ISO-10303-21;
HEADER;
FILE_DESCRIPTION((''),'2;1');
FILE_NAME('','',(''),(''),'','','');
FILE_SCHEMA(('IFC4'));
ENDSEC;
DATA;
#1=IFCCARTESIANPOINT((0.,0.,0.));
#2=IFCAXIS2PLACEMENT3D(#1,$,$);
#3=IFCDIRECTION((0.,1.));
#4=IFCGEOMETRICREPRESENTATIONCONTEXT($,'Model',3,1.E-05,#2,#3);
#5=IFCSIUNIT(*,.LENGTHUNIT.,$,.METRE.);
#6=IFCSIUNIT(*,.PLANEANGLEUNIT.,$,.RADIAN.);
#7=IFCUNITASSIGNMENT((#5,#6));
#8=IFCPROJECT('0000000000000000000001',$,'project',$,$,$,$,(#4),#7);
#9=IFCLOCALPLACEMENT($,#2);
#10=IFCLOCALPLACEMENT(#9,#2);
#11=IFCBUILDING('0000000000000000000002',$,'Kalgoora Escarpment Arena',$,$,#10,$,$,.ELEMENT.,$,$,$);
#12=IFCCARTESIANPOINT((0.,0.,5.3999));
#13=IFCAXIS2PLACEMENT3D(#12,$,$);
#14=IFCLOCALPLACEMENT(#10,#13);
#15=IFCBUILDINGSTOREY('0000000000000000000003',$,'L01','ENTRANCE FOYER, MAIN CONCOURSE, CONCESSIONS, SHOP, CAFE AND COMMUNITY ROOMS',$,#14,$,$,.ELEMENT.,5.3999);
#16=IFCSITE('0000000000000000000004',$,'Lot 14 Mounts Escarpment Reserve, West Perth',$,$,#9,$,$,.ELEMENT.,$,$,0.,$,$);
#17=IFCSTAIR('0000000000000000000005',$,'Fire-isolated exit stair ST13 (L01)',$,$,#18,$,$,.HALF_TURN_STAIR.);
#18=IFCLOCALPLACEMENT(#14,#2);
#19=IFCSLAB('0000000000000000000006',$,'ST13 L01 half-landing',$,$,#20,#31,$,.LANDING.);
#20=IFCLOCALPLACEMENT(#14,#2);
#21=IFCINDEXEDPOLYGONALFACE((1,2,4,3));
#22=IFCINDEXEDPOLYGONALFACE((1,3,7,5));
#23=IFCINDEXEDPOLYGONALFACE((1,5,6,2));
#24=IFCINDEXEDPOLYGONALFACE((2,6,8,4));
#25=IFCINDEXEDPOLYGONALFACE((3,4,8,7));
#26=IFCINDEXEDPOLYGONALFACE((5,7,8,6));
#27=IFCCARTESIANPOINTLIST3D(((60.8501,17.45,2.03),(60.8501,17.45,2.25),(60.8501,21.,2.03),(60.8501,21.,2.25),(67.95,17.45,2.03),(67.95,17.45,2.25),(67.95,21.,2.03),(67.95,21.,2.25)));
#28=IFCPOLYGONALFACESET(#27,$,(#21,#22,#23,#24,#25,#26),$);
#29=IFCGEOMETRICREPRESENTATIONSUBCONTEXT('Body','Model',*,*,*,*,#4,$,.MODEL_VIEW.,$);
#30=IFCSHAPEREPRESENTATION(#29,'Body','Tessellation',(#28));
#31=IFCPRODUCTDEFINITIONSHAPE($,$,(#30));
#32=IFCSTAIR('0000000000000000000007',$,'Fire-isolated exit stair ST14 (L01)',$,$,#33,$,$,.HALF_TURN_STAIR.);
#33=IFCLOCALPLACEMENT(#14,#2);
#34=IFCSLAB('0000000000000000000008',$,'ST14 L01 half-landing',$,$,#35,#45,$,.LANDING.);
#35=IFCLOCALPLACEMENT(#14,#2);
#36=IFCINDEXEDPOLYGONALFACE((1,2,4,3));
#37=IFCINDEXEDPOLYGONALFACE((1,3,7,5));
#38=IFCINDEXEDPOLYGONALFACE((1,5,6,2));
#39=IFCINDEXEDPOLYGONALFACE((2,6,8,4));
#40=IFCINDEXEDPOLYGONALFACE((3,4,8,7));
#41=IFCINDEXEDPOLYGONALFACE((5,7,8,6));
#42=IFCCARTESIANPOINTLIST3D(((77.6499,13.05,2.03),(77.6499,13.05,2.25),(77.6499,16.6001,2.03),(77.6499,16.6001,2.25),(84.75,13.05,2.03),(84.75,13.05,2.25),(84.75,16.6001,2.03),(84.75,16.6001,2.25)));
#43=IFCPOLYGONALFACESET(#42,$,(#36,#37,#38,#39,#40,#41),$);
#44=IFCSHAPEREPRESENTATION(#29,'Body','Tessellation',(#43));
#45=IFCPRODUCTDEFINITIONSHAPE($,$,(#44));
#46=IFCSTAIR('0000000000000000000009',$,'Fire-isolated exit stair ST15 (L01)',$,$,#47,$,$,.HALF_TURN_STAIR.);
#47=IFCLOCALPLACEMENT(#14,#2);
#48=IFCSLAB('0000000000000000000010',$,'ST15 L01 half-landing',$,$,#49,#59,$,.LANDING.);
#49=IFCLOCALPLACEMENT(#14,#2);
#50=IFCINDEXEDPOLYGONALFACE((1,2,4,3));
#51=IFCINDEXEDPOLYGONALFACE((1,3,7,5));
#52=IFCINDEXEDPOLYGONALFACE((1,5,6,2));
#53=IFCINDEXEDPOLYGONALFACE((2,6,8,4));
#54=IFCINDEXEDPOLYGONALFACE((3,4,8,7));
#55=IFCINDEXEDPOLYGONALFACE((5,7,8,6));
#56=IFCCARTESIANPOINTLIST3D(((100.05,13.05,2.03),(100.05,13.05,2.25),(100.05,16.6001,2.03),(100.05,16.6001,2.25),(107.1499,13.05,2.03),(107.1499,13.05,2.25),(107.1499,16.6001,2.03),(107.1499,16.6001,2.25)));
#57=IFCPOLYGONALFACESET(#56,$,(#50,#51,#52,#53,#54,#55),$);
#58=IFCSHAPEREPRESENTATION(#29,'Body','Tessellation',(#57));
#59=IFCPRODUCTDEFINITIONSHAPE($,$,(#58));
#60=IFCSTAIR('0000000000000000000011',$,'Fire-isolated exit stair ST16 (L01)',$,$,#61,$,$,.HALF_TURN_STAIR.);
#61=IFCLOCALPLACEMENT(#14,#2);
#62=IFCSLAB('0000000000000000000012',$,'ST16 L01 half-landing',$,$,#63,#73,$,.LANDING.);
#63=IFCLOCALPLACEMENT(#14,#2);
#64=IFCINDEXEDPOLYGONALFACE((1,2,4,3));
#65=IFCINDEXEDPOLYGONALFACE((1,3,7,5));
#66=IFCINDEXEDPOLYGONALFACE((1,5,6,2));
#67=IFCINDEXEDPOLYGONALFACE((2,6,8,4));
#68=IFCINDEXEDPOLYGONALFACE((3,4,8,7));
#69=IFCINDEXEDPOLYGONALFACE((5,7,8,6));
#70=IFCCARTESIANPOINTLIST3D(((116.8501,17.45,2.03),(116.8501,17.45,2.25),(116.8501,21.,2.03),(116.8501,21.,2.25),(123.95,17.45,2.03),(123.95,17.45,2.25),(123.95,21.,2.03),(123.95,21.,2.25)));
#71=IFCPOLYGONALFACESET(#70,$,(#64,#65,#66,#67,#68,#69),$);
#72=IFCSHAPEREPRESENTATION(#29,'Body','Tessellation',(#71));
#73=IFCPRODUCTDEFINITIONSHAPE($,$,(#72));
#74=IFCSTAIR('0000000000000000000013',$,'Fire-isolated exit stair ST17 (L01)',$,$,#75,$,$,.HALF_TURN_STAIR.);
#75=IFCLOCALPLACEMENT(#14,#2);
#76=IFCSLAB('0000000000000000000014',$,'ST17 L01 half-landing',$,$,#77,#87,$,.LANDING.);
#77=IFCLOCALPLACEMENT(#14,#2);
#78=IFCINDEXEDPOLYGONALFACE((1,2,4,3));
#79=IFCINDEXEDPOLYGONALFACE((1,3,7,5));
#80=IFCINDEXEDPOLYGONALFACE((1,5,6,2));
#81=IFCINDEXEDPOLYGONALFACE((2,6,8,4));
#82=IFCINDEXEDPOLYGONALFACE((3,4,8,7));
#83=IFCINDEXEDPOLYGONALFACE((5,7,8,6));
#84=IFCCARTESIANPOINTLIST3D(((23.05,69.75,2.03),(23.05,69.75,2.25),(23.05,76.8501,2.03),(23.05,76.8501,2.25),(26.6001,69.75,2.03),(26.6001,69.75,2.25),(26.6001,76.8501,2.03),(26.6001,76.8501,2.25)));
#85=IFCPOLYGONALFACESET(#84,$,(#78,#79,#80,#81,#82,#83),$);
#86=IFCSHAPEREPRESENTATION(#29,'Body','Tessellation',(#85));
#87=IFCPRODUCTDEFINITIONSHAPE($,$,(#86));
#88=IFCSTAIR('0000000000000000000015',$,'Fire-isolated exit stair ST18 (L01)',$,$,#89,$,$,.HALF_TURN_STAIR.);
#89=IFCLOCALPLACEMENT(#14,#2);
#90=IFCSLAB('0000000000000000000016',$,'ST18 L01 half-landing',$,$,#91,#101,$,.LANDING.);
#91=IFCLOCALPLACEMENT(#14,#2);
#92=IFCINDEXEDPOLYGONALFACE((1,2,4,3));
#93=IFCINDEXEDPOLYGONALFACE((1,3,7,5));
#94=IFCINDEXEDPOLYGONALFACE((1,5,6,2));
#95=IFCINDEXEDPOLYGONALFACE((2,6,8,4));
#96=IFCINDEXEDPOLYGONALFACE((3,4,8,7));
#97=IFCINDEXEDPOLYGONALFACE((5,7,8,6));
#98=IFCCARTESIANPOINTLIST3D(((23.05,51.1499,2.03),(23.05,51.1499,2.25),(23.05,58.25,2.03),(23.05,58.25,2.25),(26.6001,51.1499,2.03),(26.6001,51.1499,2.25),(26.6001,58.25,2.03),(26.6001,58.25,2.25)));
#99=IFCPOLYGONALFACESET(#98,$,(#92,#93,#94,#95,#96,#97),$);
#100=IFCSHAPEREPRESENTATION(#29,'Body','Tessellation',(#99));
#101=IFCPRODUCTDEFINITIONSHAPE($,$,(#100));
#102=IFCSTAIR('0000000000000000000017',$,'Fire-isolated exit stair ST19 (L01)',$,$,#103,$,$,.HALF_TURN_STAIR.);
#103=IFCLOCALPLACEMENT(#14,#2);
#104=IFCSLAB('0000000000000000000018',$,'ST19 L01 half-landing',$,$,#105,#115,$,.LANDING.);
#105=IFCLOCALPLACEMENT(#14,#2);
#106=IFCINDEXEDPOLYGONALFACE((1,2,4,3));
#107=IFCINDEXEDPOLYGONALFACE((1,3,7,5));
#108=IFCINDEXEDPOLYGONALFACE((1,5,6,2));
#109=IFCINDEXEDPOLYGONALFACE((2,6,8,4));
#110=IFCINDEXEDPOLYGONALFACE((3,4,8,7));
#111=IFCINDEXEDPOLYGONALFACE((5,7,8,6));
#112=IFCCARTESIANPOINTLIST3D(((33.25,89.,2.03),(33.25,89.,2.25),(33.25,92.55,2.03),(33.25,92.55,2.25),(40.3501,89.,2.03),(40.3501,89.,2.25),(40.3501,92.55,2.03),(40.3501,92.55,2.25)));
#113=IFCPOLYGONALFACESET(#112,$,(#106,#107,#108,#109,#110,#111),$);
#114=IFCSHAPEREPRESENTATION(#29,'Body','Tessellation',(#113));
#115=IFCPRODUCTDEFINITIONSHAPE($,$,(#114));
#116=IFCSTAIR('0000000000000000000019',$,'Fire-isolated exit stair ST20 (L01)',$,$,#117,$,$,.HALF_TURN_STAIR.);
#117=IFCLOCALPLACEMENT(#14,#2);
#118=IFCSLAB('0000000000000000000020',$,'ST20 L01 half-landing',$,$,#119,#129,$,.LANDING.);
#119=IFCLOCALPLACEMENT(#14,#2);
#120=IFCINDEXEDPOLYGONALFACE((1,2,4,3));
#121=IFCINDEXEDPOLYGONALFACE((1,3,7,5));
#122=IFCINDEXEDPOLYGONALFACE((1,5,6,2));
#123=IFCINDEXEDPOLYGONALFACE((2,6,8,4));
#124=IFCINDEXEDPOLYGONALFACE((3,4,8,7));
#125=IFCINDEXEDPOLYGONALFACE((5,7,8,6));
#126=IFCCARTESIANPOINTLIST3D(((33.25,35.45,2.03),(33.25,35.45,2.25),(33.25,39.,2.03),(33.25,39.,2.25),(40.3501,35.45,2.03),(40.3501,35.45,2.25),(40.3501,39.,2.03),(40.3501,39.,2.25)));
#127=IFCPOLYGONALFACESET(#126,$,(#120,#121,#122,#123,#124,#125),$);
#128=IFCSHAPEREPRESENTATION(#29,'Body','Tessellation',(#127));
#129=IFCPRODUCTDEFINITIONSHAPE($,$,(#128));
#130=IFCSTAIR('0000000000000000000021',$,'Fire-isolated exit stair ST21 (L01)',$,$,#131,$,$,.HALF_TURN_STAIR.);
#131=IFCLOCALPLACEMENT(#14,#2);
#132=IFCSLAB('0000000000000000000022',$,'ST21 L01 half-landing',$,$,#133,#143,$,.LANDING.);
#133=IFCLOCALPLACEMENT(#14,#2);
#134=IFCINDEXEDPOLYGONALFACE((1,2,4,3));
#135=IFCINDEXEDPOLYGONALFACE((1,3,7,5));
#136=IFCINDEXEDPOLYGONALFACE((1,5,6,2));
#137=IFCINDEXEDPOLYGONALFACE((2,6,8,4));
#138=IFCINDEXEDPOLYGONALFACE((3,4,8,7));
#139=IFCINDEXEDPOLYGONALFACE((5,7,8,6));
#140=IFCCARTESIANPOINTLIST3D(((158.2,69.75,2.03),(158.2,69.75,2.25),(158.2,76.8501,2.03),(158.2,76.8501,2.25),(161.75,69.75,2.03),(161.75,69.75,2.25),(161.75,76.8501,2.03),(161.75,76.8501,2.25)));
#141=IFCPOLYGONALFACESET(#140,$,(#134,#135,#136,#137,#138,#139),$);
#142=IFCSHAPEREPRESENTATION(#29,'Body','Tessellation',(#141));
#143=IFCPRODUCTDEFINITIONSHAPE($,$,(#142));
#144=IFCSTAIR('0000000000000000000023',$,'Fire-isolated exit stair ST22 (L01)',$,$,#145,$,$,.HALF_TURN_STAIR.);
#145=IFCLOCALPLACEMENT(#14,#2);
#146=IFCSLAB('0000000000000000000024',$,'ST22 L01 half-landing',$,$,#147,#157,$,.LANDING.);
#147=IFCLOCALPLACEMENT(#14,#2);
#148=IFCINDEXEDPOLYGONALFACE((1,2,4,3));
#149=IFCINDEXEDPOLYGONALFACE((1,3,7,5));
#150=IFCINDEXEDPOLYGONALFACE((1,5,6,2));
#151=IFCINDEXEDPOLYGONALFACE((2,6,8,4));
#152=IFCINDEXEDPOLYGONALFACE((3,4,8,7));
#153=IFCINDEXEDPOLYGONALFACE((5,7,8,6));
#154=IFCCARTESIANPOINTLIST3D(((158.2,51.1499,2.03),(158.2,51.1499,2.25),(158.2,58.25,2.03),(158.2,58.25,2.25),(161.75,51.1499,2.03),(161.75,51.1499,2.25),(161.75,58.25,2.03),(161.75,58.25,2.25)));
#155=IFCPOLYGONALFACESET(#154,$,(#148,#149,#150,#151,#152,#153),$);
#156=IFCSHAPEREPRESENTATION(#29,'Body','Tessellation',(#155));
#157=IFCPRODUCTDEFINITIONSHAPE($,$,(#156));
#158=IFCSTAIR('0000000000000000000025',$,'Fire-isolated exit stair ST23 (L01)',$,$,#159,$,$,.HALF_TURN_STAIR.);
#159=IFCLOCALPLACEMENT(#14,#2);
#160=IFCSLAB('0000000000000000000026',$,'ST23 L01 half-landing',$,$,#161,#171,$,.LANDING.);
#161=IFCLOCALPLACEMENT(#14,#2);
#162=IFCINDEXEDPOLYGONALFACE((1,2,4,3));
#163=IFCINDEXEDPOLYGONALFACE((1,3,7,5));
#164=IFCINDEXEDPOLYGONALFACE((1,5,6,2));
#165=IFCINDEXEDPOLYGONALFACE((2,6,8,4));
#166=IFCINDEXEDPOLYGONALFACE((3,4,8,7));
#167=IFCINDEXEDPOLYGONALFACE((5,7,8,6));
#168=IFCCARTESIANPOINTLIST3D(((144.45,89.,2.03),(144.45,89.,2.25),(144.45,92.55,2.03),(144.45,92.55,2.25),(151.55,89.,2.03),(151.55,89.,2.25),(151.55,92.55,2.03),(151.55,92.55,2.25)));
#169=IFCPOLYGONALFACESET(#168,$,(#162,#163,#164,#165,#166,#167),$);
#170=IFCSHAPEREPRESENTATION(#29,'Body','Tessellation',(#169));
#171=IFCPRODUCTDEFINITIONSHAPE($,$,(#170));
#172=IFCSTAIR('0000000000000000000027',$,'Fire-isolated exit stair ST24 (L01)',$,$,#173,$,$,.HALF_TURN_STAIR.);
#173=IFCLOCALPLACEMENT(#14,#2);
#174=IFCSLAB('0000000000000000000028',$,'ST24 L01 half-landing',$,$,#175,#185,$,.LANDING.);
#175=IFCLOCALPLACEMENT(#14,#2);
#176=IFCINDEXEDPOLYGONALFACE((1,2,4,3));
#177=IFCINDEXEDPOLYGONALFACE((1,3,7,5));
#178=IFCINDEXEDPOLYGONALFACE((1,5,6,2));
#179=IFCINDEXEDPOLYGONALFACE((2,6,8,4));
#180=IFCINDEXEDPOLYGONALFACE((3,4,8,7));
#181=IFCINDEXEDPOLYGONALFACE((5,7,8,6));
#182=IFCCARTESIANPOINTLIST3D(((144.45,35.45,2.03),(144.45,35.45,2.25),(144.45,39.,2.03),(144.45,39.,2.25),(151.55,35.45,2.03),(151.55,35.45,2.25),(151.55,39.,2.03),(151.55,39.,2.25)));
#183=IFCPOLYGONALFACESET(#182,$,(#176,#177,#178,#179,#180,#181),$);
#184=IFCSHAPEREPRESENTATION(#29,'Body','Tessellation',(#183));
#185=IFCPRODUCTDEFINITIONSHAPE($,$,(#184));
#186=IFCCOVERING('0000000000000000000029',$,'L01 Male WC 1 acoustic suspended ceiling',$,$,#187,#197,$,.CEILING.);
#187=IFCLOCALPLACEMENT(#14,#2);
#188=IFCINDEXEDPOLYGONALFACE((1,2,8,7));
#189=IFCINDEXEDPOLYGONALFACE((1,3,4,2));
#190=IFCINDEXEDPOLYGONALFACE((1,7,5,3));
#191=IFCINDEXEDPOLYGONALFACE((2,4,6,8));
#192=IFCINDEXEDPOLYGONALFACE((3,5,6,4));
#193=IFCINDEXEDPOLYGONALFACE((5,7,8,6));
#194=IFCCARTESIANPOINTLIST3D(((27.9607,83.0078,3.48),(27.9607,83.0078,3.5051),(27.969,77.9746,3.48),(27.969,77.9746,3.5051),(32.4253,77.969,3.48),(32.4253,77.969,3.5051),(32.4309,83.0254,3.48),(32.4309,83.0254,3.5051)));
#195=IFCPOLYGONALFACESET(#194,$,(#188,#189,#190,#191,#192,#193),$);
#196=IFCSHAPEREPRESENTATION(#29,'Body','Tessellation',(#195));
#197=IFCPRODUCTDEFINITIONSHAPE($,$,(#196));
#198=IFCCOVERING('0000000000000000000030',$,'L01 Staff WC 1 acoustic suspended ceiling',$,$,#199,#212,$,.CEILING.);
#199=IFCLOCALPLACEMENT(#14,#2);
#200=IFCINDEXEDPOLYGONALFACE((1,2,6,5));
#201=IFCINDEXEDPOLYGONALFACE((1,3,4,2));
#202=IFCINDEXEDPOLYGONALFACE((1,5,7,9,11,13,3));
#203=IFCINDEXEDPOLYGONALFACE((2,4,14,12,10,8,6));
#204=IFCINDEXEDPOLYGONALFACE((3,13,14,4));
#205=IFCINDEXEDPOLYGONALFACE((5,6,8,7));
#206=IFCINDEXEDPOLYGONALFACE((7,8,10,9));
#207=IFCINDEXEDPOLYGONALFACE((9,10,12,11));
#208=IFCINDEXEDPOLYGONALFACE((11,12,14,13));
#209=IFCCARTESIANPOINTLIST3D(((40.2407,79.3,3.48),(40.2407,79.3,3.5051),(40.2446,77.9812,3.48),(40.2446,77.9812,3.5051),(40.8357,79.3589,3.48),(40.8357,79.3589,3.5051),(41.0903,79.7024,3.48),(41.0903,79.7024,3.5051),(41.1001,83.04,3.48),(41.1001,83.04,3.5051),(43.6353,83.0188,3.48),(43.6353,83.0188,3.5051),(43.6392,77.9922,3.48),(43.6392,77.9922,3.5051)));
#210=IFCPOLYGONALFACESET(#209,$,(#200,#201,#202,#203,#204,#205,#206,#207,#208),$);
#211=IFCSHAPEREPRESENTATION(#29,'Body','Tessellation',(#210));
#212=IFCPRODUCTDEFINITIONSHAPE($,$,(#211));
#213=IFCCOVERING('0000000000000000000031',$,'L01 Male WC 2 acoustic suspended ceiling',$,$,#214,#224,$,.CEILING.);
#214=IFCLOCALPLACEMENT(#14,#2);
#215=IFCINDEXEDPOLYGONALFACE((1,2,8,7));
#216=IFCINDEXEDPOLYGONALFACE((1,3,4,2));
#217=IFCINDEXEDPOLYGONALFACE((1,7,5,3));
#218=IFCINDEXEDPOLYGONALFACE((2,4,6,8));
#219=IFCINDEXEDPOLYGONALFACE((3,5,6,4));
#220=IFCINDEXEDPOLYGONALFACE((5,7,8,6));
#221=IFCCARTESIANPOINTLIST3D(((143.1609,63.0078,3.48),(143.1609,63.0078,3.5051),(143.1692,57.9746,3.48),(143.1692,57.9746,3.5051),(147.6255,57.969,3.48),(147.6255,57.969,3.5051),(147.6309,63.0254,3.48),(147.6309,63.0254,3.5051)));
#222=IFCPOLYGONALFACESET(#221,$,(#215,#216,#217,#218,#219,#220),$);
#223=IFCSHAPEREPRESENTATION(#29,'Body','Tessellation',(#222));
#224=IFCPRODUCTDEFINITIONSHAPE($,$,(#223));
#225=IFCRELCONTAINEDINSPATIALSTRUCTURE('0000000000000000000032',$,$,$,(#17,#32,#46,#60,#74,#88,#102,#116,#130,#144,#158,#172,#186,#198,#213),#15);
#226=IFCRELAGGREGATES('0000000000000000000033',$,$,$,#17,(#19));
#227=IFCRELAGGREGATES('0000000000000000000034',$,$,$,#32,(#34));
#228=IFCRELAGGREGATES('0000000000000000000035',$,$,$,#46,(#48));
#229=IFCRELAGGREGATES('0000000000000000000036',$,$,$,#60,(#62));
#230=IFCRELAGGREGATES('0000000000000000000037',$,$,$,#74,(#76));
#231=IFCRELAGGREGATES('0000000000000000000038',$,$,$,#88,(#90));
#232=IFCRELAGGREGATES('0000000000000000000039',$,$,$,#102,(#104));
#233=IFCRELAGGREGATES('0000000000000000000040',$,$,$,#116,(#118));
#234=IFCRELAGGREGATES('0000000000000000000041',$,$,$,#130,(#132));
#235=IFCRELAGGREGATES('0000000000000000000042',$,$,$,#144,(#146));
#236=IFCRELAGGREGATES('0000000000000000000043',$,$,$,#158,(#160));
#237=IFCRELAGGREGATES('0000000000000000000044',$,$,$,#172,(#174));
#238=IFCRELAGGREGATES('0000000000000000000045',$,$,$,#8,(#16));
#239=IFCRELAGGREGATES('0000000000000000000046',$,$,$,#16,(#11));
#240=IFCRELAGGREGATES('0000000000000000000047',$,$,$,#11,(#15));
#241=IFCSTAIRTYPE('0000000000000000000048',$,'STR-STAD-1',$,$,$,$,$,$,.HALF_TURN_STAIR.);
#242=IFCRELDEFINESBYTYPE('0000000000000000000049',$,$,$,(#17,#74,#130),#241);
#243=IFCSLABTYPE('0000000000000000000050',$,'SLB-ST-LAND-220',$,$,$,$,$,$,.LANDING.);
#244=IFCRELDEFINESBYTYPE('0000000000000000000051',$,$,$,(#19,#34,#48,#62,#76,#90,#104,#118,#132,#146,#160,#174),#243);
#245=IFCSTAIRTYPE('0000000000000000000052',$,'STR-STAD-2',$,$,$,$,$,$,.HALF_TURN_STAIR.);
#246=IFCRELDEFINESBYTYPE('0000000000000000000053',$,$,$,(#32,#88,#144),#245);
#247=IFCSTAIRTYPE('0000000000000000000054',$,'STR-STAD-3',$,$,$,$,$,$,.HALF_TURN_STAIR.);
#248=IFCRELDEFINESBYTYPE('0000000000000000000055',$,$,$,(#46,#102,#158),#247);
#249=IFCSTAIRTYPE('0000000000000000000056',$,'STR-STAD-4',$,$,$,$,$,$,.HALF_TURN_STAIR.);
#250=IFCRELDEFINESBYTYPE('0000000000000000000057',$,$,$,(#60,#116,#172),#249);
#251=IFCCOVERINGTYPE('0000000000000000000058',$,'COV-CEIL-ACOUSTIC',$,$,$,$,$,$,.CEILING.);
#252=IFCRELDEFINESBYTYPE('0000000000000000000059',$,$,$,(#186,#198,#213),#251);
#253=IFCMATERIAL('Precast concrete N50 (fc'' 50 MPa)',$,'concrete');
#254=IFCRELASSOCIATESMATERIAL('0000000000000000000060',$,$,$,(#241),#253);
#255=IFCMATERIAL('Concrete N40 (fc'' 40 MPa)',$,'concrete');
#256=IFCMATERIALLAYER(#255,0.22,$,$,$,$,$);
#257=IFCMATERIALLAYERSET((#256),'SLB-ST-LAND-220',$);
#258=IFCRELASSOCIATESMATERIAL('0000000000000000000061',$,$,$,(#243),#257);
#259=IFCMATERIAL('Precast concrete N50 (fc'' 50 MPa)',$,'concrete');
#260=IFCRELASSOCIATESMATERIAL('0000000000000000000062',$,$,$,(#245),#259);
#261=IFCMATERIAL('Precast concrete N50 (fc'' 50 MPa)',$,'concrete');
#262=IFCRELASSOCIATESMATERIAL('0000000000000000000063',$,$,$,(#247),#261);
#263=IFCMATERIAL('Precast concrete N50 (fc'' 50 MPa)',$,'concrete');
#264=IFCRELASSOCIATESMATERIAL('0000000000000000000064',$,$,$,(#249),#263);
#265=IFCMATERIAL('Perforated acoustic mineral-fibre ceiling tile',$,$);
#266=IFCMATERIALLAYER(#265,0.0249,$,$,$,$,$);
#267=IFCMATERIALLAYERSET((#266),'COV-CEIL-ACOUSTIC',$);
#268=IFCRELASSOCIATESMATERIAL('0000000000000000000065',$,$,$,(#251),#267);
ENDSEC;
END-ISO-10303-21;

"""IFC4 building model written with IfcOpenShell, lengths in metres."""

from ifc_helpers import new_model, si_unit, direction, frame, origin, place, context, subcontext, project, spatial, polyline, outline, extrude, material, layer, layer_set, type_object, element, aggregate, save


model = new_model("IFC4")

# Units and contexts
model_context = context("Model", 3, precision=1e-05, world=origin(), true_north=direction((0.0, 1.0)))
body_context = subcontext(model_context, "Body", "Model", "MODEL_VIEW")
ifc_project = project(units=[si_unit("LENGTHUNIT", "METRE"), si_unit("PLANEANGLEUNIT", "RADIAN")], contexts=[model_context])

# Site, building, storey
site_placement = place(None, origin())
site = spatial("IfcSite", under=ifc_project, at=site_placement, Name="Lot 14 Mounts Escarpment Reserve, West Perth", CompositionType="ELEMENT", RefElevation=0.0)
building_placement = place(site_placement, origin())
building = spatial("IfcBuilding", under=site, at=building_placement, Name="Kalgoora Escarpment Arena", CompositionType="ELEMENT")
storey_placement = place(building_placement, frame((0.0, 0.0, 5.3999)))
storey = spatial("IfcBuildingStorey", under=building, at=storey_placement, Name="L01", Description="ENTRANCE FOYER, MAIN CONCOURSE, CONCESSIONS, SHOP, CAFE AND COMMUNITY ROOMS", CompositionType="ELEMENT", Elevation=5.3999)

# Stairs, slabs
ifc_material_1 = material(Name="Precast concrete N50 (fc' 50 MPa)", Category="concrete")
stair_type_1 = type_object("IfcStairType", Name="STR-STAD-1", PredefinedType="HALF_TURN_STAIR", material=ifc_material_1)
stair_1_placement = place(storey_placement, origin())
stair_1 = element("IfcStair", 1, at=stair_1_placement, inside=storey, type_object=stair_type_1, Name="Fire-isolated exit stair ST13 (L01)", PredefinedType="HALF_TURN_STAIR")
ifc_material_2 = material(Name="Concrete N40 (fc' 40 MPa)", Category="concrete")
ifc_layer_1 = layer(ifc_material_2, 0.22)
ifc_layer_set_1 = layer_set([ifc_layer_1], Name="SLB-ST-LAND-220")
slab_type = type_object("IfcSlabType", Name="SLB-ST-LAND-220", PredefinedType="LANDING", material=ifc_layer_set_1)
slab_1_placement = place(storey_placement, frame((0.0, 0.0, 2.03)))
slab_1 = element("IfcSlab", 2, at=slab_1_placement, type_object=slab_type, Name="ST13 L01 half-landing", PredefinedType="LANDING", context=body_context, shape_type="SweptSolid", body=[
    extrude(outline(polyline([(67.95, 21.0), (67.95, 17.45), (60.8501, 17.45), (60.8501, 21.0), (67.95, 21.0)])), origin(), (0.0, 0.0, 1.0), 0.22),
])
aggregate(stair_1, [slab_1])
ifc_material_3 = material(Name="Precast concrete N50 (fc' 50 MPa)", Category="concrete")
stair_type_2 = type_object("IfcStairType", Name="STR-STAD-2", PredefinedType="HALF_TURN_STAIR", material=ifc_material_3)
stair_2_placement = place(storey_placement, origin())
stair_2 = element("IfcStair", 3, at=stair_2_placement, inside=storey, type_object=stair_type_2, Name="Fire-isolated exit stair ST14 (L01)", PredefinedType="HALF_TURN_STAIR")
slab_2_placement = place(storey_placement, frame((0.0, 0.0, 2.03)))
slab_2 = element("IfcSlab", 4, at=slab_2_placement, type_object=slab_type, Name="ST14 L01 half-landing", PredefinedType="LANDING", context=body_context, shape_type="SweptSolid", body=[
    extrude(outline(polyline([(84.75, 16.6001), (84.75, 13.05), (77.6499, 13.05), (77.6499, 16.6001), (84.75, 16.6001)])), origin(), (0.0, 0.0, 1.0), 0.22),
])
aggregate(stair_2, [slab_2])
ifc_material_4 = material(Name="Precast concrete N50 (fc' 50 MPa)", Category="concrete")
stair_type_3 = type_object("IfcStairType", Name="STR-STAD-3", PredefinedType="HALF_TURN_STAIR", material=ifc_material_4)
stair_3_placement = place(storey_placement, origin())
stair_3 = element("IfcStair", 5, at=stair_3_placement, inside=storey, type_object=stair_type_3, Name="Fire-isolated exit stair ST15 (L01)", PredefinedType="HALF_TURN_STAIR")
slab_3_placement = place(storey_placement, frame((0.0, 0.0, 2.03)))
slab_3 = element("IfcSlab", 6, at=slab_3_placement, type_object=slab_type, Name="ST15 L01 half-landing", PredefinedType="LANDING", context=body_context, shape_type="SweptSolid", body=[
    extrude(outline(polyline([(107.1499, 16.6001), (107.1499, 13.05), (100.05, 13.05), (100.05, 16.6001), (107.1499, 16.6001)])), origin(), (0.0, 0.0, 1.0), 0.22),
])
aggregate(stair_3, [slab_3])
ifc_material_5 = material(Name="Precast concrete N50 (fc' 50 MPa)", Category="concrete")
stair_type_4 = type_object("IfcStairType", Name="STR-STAD-4", PredefinedType="HALF_TURN_STAIR", material=ifc_material_5)
stair_4_placement = place(storey_placement, origin())
stair_4 = element("IfcStair", 7, at=stair_4_placement, inside=storey, type_object=stair_type_4, Name="Fire-isolated exit stair ST16 (L01)", PredefinedType="HALF_TURN_STAIR")
slab_4_placement = place(storey_placement, frame((0.0, 0.0, 2.03)))
slab_4 = element("IfcSlab", 8, at=slab_4_placement, type_object=slab_type, Name="ST16 L01 half-landing", PredefinedType="LANDING", context=body_context, shape_type="SweptSolid", body=[
    extrude(outline(polyline([(123.95, 21.0), (123.95, 17.45), (116.8501, 17.45), (116.8501, 21.0), (123.95, 21.0)])), origin(), (0.0, 0.0, 1.0), 0.22),
])
aggregate(stair_4, [slab_4])
stair_5_placement = place(storey_placement, origin())
stair_5 = element("IfcStair", 9, at=stair_5_placement, inside=storey, type_object=stair_type_1, Name="Fire-isolated exit stair ST17 (L01)", PredefinedType="HALF_TURN_STAIR")
slab_5_placement = place(storey_placement, frame((0.0, 0.0, 2.03)))
slab_5 = element("IfcSlab", 10, at=slab_5_placement, type_object=slab_type, Name="ST17 L01 half-landing", PredefinedType="LANDING", context=body_context, shape_type="SweptSolid", body=[
    extrude(outline(polyline([(26.6001, 69.75), (23.05, 69.75), (23.05, 76.8501), (26.6001, 76.8501), (26.6001, 69.75)])), origin(), (0.0, 0.0, 1.0), 0.22),
])
aggregate(stair_5, [slab_5])
stair_6_placement = place(storey_placement, origin())
stair_6 = element("IfcStair", 11, at=stair_6_placement, inside=storey, type_object=stair_type_2, Name="Fire-isolated exit stair ST18 (L01)", PredefinedType="HALF_TURN_STAIR")
slab_6_placement = place(storey_placement, frame((0.0, 0.0, 2.03)))
slab_6 = element("IfcSlab", 12, at=slab_6_placement, type_object=slab_type, Name="ST18 L01 half-landing", PredefinedType="LANDING", context=body_context, shape_type="SweptSolid", body=[
    extrude(outline(polyline([(26.6001, 51.1499), (23.05, 51.1499), (23.05, 58.25), (26.6001, 58.25), (26.6001, 51.1499)])), origin(), (0.0, 0.0, 1.0), 0.22),
])
aggregate(stair_6, [slab_6])
stair_7_placement = place(storey_placement, origin())
stair_7 = element("IfcStair", 13, at=stair_7_placement, inside=storey, type_object=stair_type_3, Name="Fire-isolated exit stair ST19 (L01)", PredefinedType="HALF_TURN_STAIR")
slab_7_placement = place(storey_placement, frame((0.0, 0.0, 2.03)))
slab_7 = element("IfcSlab", 14, at=slab_7_placement, type_object=slab_type, Name="ST19 L01 half-landing", PredefinedType="LANDING", context=body_context, shape_type="SweptSolid", body=[
    extrude(outline(polyline([(33.25, 89.0), (33.25, 92.55), (40.3501, 92.55), (40.3501, 89.0), (33.25, 89.0)])), origin(), (0.0, 0.0, 1.0), 0.22),
])
aggregate(stair_7, [slab_7])
stair_8_placement = place(storey_placement, origin())
stair_8 = element("IfcStair", 15, at=stair_8_placement, inside=storey, type_object=stair_type_4, Name="Fire-isolated exit stair ST20 (L01)", PredefinedType="HALF_TURN_STAIR")
slab_8_placement = place(storey_placement, frame((0.0, 0.0, 2.03)))
slab_8 = element("IfcSlab", 16, at=slab_8_placement, type_object=slab_type, Name="ST20 L01 half-landing", PredefinedType="LANDING", context=body_context, shape_type="SweptSolid", body=[
    extrude(outline(polyline([(40.3501, 39.0), (40.3501, 35.45), (33.25, 35.45), (33.25, 39.0), (40.3501, 39.0)])), origin(), (0.0, 0.0, 1.0), 0.22),
])
aggregate(stair_8, [slab_8])
stair_9_placement = place(storey_placement, origin())
stair_9 = element("IfcStair", 17, at=stair_9_placement, inside=storey, type_object=stair_type_1, Name="Fire-isolated exit stair ST21 (L01)", PredefinedType="HALF_TURN_STAIR")
slab_9_placement = place(storey_placement, frame((0.0, 0.0, 2.03)))
slab_9 = element("IfcSlab", 18, at=slab_9_placement, type_object=slab_type, Name="ST21 L01 half-landing", PredefinedType="LANDING", context=body_context, shape_type="SweptSolid", body=[
    extrude(outline(polyline([(158.2, 76.8501), (161.75, 76.8501), (161.75, 69.75), (158.2, 69.75), (158.2, 76.8501)])), origin(), (0.0, 0.0, 1.0), 0.22),
])
aggregate(stair_9, [slab_9])
stair_10_placement = place(storey_placement, origin())
stair_10 = element("IfcStair", 19, at=stair_10_placement, inside=storey, type_object=stair_type_2, Name="Fire-isolated exit stair ST22 (L01)", PredefinedType="HALF_TURN_STAIR")
slab_10_placement = place(storey_placement, frame((0.0, 0.0, 2.03)))
slab_10 = element("IfcSlab", 20, at=slab_10_placement, type_object=slab_type, Name="ST22 L01 half-landing", PredefinedType="LANDING", context=body_context, shape_type="SweptSolid", body=[
    extrude(outline(polyline([(158.2, 58.25), (161.75, 58.25), (161.75, 51.1499), (158.2, 51.1499), (158.2, 58.25)])), origin(), (0.0, 0.0, 1.0), 0.22),
])
aggregate(stair_10, [slab_10])
stair_11_placement = place(storey_placement, origin())
stair_11 = element("IfcStair", 21, at=stair_11_placement, inside=storey, type_object=stair_type_3, Name="Fire-isolated exit stair ST23 (L01)", PredefinedType="HALF_TURN_STAIR")
slab_11_placement = place(storey_placement, frame((0.0, 0.0, 2.03)))
slab_11 = element("IfcSlab", 22, at=slab_11_placement, type_object=slab_type, Name="ST23 L01 half-landing", PredefinedType="LANDING", context=body_context, shape_type="SweptSolid", body=[
    extrude(outline(polyline([(144.45, 89.0), (144.45, 92.55), (151.55, 92.55), (151.55, 89.0), (144.45, 89.0)])), origin(), (0.0, 0.0, 1.0), 0.22),
])
aggregate(stair_11, [slab_11])
stair_12_placement = place(storey_placement, origin())
stair_12 = element("IfcStair", 23, at=stair_12_placement, inside=storey, type_object=stair_type_4, Name="Fire-isolated exit stair ST24 (L01)", PredefinedType="HALF_TURN_STAIR")
slab_12_placement = place(storey_placement, frame((0.0, 0.0, 2.03)))
slab_12 = element("IfcSlab", 24, at=slab_12_placement, type_object=slab_type, Name="ST24 L01 half-landing", PredefinedType="LANDING", context=body_context, shape_type="SweptSolid", body=[
    extrude(outline(polyline([(151.55, 39.0), (151.55, 35.45), (144.45, 35.45), (144.45, 39.0), (151.55, 39.0)])), origin(), (0.0, 0.0, 1.0), 0.22),
])
aggregate(stair_12, [slab_12])

# Coverings
ifc_material_6 = material(Name="Perforated acoustic mineral-fibre ceiling tile")
ifc_layer_2 = layer(ifc_material_6, 0.0249)
ifc_layer_set_2 = layer_set([ifc_layer_2], Name="COV-CEIL-ACOUSTIC")
covering_type = type_object("IfcCoveringType", Name="COV-CEIL-ACOUSTIC", PredefinedType="CEILING", material=ifc_layer_set_2)
covering_1_placement = place(storey_placement, frame((0.0, 0.0, 3.48)))
element("IfcCovering", 25, at=covering_1_placement, inside=storey, type_object=covering_type, Name="L01 Male WC 1 acoustic suspended ceiling", PredefinedType="CEILING", context=body_context, shape_type="SweptSolid", body=[
    extrude(outline(polyline([(27.9607, 83.0078), (32.4309, 83.0254), (32.4253, 77.969), (27.969, 77.9746), (27.9607, 83.0078)])), origin(), (0.0, 0.0, 1.0), 0.0251),
])
covering_2_placement = place(storey_placement, frame((0.0, 0.0, 3.48)))
element("IfcCovering", 26, at=covering_2_placement, inside=storey, type_object=covering_type, Name="L01 Staff WC 1 acoustic suspended ceiling", PredefinedType="CEILING", context=body_context, shape_type="SweptSolid", body=[
    extrude(outline(polyline([(43.6392, 77.9922), (40.2446, 77.9812), (40.2407, 79.3), (40.8357, 79.3589), (41.0903, 79.7024), (41.1001, 83.04), (43.6353, 83.0188), (43.6392, 77.9922)])), origin(), (0.0, 0.0, 1.0), 0.0251),
])
covering_3_placement = place(storey_placement, frame((0.0, 0.0, 3.48)))
element("IfcCovering", 27, at=covering_3_placement, inside=storey, type_object=covering_type, Name="L01 Male WC 2 acoustic suspended ceiling", PredefinedType="CEILING", context=body_context, shape_type="SweptSolid", body=[
    extrude(outline(polyline([(143.1609, 63.0078), (147.6309, 63.0254), (147.6255, 57.969), (143.1692, 57.9746), (143.1609, 63.0078)])), origin(), (0.0, 0.0, 1.0), 0.0251),
])

save(model, "model.ifc")
